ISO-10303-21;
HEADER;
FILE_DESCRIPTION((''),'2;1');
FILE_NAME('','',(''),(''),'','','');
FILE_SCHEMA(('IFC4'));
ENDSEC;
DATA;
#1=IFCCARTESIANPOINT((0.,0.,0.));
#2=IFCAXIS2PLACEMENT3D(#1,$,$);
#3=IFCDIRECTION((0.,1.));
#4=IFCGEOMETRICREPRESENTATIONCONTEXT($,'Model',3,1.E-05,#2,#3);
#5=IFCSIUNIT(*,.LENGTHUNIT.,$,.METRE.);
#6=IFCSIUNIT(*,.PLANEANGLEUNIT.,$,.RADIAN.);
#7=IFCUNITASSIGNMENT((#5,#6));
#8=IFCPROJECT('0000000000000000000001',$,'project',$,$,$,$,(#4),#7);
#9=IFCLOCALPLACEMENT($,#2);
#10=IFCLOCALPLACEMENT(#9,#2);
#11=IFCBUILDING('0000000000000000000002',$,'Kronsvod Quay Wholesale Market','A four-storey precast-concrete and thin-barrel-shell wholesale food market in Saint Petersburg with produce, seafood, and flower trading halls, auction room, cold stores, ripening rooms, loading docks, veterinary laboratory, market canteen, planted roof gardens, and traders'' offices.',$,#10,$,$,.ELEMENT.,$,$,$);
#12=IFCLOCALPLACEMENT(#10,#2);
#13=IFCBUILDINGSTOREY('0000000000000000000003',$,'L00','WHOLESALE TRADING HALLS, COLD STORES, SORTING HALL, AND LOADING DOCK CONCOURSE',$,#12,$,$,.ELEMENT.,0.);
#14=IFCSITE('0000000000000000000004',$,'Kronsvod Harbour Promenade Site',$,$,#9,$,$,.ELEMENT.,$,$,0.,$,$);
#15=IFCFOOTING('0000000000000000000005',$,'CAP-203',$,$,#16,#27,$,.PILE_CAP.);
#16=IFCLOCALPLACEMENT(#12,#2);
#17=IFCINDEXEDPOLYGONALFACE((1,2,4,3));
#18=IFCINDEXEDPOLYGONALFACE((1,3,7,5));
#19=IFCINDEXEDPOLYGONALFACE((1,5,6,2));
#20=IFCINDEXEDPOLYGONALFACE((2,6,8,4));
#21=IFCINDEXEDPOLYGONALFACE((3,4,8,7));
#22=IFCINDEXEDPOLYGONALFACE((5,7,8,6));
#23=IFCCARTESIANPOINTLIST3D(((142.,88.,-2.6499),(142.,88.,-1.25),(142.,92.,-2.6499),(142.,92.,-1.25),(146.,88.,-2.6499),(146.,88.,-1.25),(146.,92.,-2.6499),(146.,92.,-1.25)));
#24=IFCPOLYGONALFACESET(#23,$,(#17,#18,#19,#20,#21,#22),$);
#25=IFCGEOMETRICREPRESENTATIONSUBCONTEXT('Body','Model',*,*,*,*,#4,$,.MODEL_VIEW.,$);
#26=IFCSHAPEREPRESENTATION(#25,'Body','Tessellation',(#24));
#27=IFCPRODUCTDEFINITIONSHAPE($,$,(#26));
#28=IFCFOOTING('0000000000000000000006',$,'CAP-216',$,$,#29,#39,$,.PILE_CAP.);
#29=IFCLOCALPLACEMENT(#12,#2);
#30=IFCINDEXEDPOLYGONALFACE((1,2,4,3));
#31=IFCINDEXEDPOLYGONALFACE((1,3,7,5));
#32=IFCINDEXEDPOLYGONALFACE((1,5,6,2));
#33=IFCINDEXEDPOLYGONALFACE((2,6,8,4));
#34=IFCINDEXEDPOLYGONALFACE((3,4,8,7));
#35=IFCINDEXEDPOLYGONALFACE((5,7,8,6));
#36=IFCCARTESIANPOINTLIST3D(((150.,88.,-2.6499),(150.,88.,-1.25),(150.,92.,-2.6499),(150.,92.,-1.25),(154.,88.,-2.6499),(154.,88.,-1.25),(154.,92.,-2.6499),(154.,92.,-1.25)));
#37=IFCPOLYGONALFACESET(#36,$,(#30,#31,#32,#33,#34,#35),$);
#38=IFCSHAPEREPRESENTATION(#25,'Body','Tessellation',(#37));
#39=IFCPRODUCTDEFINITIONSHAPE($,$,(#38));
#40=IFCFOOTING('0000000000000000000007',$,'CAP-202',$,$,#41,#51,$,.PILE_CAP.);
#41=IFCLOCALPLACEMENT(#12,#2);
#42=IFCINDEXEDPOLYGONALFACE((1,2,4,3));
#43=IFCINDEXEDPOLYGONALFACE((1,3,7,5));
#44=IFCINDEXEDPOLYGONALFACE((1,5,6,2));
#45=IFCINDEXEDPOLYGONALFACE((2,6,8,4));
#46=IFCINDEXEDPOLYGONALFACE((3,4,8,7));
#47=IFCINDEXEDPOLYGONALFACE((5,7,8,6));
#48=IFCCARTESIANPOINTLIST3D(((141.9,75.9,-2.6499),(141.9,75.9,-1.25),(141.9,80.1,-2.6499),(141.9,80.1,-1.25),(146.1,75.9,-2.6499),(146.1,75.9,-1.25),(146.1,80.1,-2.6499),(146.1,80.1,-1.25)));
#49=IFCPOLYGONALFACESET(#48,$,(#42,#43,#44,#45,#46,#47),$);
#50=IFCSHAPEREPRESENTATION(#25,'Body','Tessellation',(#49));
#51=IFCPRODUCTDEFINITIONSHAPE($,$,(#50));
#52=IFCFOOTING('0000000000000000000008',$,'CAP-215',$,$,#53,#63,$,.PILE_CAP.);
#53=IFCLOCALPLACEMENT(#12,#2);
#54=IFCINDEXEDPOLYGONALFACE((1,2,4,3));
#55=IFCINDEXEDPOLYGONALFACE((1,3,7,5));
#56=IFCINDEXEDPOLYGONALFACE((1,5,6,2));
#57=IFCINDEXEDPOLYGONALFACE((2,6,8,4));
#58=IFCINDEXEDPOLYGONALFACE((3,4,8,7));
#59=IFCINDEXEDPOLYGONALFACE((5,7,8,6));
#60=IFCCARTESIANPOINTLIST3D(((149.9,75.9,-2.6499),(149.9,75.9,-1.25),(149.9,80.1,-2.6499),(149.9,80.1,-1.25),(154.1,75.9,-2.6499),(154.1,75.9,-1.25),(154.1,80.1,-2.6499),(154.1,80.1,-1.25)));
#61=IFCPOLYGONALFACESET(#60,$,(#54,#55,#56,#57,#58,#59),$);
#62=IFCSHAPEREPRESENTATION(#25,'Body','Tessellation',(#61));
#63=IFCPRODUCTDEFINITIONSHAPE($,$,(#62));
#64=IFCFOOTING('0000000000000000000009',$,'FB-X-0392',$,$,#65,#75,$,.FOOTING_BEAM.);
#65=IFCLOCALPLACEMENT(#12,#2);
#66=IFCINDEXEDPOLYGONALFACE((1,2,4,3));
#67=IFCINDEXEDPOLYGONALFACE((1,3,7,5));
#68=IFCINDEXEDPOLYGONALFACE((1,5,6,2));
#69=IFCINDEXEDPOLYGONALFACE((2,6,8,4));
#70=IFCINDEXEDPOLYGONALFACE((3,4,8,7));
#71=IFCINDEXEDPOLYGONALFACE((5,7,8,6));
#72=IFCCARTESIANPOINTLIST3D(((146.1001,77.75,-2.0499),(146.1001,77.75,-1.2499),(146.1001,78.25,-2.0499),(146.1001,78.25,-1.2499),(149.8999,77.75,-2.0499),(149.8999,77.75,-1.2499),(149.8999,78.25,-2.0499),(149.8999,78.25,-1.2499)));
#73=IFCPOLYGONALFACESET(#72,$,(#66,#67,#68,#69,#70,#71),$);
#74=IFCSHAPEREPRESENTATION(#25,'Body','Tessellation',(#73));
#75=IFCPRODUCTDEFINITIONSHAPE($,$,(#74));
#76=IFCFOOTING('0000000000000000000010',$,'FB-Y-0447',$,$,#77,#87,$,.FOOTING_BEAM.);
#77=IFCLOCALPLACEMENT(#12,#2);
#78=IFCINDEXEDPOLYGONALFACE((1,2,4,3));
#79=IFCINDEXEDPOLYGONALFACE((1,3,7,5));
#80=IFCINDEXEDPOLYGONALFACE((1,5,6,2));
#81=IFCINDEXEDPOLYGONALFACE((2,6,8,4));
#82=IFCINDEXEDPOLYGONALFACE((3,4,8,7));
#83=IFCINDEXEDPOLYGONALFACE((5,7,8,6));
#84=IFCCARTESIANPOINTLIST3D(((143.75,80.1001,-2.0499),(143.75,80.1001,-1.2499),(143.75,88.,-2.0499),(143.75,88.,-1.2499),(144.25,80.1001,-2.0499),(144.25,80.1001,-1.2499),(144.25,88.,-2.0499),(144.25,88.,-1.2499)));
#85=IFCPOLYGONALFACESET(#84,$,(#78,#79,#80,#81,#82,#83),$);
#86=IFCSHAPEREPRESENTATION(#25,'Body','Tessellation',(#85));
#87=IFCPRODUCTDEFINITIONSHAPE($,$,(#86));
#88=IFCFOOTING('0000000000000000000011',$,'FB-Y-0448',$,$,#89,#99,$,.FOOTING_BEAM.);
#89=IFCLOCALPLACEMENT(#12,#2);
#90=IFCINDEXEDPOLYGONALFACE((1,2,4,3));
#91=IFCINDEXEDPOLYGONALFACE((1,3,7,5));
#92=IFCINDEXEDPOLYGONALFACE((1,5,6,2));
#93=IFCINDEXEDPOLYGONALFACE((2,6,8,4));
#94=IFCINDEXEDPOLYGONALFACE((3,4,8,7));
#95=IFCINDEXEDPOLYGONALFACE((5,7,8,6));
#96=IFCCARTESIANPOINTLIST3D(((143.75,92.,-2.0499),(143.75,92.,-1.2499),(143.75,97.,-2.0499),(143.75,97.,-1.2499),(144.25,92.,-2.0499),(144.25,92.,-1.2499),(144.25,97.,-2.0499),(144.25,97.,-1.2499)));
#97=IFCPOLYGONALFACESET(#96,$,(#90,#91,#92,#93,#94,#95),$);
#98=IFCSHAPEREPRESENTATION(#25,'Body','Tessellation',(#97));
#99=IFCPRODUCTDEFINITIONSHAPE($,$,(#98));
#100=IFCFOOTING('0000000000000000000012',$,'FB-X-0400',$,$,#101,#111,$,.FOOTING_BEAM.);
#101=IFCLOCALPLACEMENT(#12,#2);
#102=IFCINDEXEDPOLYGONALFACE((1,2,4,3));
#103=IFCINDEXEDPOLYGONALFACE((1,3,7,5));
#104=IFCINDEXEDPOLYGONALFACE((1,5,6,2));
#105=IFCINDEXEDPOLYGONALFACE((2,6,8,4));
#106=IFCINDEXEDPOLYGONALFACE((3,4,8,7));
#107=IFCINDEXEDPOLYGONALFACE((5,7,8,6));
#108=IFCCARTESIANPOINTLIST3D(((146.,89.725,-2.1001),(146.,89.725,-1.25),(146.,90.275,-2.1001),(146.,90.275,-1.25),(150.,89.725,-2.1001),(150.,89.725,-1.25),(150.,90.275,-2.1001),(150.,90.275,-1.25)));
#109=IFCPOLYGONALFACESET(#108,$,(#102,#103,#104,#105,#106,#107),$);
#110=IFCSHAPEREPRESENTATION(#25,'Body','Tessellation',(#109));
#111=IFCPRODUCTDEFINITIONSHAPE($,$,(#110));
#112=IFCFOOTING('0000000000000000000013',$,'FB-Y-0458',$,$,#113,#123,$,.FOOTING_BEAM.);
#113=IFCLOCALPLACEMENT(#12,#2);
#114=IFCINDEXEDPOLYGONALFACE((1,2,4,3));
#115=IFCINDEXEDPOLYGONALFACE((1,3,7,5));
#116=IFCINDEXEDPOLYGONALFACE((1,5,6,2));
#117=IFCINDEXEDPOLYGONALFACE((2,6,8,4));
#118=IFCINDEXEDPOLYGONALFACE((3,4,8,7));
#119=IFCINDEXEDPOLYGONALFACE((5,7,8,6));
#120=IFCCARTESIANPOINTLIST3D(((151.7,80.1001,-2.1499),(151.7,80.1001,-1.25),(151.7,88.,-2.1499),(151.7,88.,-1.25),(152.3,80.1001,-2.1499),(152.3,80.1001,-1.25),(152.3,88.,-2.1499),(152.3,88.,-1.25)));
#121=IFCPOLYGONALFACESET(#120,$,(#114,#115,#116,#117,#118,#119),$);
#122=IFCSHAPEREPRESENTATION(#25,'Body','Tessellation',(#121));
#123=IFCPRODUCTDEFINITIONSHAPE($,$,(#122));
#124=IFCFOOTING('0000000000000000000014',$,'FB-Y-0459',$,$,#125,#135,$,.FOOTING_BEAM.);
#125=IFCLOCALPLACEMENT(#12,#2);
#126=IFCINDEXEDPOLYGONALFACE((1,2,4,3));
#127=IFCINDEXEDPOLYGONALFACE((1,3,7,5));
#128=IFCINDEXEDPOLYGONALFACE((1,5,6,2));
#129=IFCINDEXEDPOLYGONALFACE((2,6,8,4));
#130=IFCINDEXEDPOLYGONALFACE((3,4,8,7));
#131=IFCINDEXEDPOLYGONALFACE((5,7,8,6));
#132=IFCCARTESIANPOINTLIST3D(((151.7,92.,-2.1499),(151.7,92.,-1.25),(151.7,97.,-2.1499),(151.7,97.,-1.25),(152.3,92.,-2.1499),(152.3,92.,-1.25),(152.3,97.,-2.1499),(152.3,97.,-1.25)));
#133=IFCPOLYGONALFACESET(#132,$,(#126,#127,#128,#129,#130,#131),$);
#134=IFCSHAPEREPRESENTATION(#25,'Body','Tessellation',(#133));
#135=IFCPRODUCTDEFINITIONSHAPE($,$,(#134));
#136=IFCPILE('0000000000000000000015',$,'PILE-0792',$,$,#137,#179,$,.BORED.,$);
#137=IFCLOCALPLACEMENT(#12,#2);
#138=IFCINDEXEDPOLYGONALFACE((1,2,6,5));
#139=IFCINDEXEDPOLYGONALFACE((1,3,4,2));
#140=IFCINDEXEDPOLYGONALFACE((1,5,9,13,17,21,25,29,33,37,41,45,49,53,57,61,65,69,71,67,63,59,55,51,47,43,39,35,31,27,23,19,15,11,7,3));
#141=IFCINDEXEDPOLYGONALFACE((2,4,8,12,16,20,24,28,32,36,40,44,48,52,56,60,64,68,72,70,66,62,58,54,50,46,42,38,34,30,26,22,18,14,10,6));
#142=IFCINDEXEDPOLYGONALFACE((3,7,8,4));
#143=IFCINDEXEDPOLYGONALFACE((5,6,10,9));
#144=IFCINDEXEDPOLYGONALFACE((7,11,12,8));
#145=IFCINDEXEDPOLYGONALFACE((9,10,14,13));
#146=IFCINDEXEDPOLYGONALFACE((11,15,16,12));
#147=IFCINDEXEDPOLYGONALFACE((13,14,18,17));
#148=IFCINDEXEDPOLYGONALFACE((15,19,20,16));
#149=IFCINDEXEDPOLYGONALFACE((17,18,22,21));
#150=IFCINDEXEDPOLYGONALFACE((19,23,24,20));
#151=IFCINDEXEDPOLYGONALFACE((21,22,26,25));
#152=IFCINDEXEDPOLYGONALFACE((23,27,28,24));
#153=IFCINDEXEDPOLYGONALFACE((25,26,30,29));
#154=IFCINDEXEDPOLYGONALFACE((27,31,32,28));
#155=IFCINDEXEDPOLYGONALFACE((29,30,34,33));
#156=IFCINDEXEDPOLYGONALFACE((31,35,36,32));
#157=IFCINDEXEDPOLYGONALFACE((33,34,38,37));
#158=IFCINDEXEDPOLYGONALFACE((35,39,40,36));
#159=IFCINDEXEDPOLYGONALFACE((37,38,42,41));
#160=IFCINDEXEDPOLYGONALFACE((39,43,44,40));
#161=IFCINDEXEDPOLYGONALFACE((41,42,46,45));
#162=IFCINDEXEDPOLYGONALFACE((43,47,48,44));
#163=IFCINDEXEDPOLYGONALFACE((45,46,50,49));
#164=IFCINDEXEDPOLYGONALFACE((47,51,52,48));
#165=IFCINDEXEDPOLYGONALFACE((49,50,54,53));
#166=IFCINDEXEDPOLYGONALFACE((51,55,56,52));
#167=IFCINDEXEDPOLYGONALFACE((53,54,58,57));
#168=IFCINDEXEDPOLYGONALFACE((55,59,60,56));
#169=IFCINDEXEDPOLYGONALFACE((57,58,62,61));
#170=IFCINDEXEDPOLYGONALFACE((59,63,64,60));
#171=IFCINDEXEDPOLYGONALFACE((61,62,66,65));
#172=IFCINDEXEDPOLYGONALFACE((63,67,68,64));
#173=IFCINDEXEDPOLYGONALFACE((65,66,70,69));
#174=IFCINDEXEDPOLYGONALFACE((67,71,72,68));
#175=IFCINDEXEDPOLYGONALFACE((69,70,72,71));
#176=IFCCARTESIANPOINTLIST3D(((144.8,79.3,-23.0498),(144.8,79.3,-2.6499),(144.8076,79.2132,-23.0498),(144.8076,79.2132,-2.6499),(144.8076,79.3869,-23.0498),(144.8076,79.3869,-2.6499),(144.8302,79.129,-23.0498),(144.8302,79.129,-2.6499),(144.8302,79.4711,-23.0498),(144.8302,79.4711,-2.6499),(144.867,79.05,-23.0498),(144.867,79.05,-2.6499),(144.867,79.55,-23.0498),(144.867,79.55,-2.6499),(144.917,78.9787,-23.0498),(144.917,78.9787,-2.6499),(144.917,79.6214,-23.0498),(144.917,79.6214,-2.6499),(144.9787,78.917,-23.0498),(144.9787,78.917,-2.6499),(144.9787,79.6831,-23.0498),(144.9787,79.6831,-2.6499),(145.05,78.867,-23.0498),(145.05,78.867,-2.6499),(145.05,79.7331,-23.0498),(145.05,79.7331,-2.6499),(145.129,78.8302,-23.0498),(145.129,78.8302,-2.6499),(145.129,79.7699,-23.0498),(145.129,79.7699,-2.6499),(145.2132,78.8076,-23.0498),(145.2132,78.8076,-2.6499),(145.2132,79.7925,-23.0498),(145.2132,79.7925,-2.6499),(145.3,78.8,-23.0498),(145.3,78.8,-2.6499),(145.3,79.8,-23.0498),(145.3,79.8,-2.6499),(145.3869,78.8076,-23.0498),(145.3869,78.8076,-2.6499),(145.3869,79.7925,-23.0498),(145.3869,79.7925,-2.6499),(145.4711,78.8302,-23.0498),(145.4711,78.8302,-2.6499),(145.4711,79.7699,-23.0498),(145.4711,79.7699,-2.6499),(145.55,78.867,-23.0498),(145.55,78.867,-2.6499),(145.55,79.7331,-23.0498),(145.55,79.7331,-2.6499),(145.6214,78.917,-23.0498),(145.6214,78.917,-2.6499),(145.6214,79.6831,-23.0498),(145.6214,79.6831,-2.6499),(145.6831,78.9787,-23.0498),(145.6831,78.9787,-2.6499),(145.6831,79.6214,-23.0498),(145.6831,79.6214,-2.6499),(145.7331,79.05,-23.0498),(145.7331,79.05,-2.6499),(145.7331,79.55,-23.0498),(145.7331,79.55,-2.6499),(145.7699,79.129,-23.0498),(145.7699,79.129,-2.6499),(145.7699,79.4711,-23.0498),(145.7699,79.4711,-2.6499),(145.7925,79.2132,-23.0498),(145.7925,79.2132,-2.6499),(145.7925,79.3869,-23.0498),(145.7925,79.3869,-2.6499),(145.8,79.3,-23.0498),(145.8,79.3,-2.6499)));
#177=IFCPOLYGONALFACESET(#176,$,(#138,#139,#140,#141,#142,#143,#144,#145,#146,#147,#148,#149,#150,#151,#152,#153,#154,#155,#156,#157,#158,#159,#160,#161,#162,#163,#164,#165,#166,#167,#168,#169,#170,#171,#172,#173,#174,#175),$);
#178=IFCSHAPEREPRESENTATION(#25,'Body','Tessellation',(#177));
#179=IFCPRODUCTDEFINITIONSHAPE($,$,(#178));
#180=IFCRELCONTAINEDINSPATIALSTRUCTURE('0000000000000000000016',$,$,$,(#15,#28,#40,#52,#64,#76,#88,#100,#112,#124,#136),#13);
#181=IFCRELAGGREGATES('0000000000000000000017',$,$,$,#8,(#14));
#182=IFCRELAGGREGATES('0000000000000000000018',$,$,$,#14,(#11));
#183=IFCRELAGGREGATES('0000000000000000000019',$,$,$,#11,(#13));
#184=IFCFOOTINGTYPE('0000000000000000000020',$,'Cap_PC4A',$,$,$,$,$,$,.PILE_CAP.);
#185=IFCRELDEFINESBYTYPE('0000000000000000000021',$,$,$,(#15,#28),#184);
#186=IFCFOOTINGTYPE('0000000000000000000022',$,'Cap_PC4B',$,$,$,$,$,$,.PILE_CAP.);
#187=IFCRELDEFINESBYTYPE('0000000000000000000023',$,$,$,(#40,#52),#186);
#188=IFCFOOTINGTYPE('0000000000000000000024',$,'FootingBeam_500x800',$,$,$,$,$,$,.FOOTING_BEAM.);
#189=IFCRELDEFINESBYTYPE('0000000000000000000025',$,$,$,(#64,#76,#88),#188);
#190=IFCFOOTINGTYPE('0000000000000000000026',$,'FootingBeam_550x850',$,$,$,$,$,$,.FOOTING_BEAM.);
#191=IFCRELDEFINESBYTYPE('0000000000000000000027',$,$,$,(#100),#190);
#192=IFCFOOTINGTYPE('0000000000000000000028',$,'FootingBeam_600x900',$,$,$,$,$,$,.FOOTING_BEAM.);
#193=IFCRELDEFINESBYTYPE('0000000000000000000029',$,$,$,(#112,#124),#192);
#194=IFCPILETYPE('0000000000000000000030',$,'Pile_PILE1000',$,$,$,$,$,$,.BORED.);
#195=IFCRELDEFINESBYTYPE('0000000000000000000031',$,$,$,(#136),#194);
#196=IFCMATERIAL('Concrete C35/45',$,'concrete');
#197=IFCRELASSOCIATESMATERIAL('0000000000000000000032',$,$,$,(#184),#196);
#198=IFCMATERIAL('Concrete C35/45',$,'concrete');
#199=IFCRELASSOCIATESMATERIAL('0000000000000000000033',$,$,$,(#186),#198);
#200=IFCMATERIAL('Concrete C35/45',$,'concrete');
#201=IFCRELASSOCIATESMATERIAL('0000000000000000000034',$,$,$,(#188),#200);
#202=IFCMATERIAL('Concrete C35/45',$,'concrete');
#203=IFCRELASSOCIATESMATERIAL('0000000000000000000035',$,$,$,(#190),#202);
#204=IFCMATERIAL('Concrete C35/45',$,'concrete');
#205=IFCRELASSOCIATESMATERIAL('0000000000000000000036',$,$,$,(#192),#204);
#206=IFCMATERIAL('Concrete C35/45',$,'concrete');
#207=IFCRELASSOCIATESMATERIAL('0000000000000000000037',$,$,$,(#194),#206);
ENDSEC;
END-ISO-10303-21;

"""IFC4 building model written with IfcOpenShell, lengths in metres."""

from ifc_helpers import new_model, si_unit, direction, frame, origin, origin_2d, place, context, subcontext, project, spatial, rectangle, circle, extrude, material, material_profile, profile_set, type_object, element, save


model = new_model("IFC4")

# Units and contexts
model_context = context("Model", 3, precision=1e-05, world=origin(), true_north=direction((0.0, 1.0)))
body_context = subcontext(model_context, "Body", "Model", "MODEL_VIEW")
ifc_project = project(units=[si_unit("LENGTHUNIT", "METRE"), si_unit("PLANEANGLEUNIT", "RADIAN")], contexts=[model_context])

# Site, building, storey
site_placement = place(None, origin())
site = spatial("IfcSite", under=ifc_project, at=site_placement, Name="Kronsvod Harbour Promenade Site", CompositionType="ELEMENT", RefElevation=0.0)
building_placement = place(site_placement, origin())
building = spatial("IfcBuilding", under=site, at=building_placement, Name="Kronsvod Quay Wholesale Market", Description="A four-storey precast-concrete and thin-barrel-shell wholesale food market in Saint Petersburg with produce, seafood, and flower trading halls, auction room, cold stores, ripening rooms, loading docks, veterinary laboratory, market canteen, planted roof gardens, and traders' offices.", CompositionType="ELEMENT")
storey_placement = place(building_placement, origin())
storey = spatial("IfcBuildingStorey", under=building, at=storey_placement, Name="L00", Description="WHOLESALE TRADING HALLS, COLD STORES, SORTING HALL, AND LOADING DOCK CONCOURSE", CompositionType="ELEMENT", Elevation=0.0)

# Footings
ifc_material_1 = material(Name="Concrete C35/45", Category="concrete")
footing_type_1 = type_object("IfcFootingType", Name="Cap_PC4A", PredefinedType="PILE_CAP", material=ifc_material_1)
for number, where, z_axis, x_axis, name in (
    (1, (144.0, 90.0, -2.6499), (0.0, 0.0, 1.0), (1.0, 0.0, 0.0), "CAP-203"),
    (2, (152.0, 90.0, -2.6499), (0.0, 0.0, 1.0), (1.0, 0.0, 0.0), "CAP-216"),
):
    element("IfcFooting", number, at=place(storey_placement, frame(where, z_axis=z_axis, x_axis=x_axis)), inside=storey, type_object=footing_type_1, Name=name, PredefinedType="PILE_CAP", context=body_context, shape_type="SweptSolid", body=[
        extrude(rectangle(XDim=4.0, YDim=4.0, at=origin_2d()), origin(), (0.0, 0.0, 1.0), 1.3999),
    ])
ifc_material_2 = material(Name="Concrete C35/45", Category="concrete")
footing_type_2 = type_object("IfcFootingType", Name="Cap_PC4B", PredefinedType="PILE_CAP", material=ifc_material_2)
for number, where, z_axis, x_axis, name in (
    (3, (144.0, 78.0, -2.6499), (0.0, 0.0, 1.0), (1.0, 0.0, 0.0), "CAP-202"),
    (4, (152.0, 78.0, -2.6499), (0.0, 0.0, 1.0), (1.0, 0.0, 0.0), "CAP-215"),
):
    element("IfcFooting", number, at=place(storey_placement, frame(where, z_axis=z_axis, x_axis=x_axis)), inside=storey, type_object=footing_type_2, Name=name, PredefinedType="PILE_CAP", context=body_context, shape_type="SweptSolid", body=[
        extrude(rectangle(XDim=4.2, YDim=4.2, at=origin_2d()), origin(), (0.0, 0.0, 1.0), 1.3999),
    ])
ifc_material_3 = material(Name="Concrete C35/45", Category="concrete")
ifc_material_profile_1 = material_profile(ifc_material_3, rectangle(XDim=0.5, YDim=0.8, at=origin_2d()), Name="FB-01")
ifc_profile_set_1 = profile_set([ifc_material_profile_1], Name="Concrete C35/45")
footing_type_3 = type_object("IfcFootingType", Name="FootingBeam_500x800", PredefinedType="FOOTING_BEAM", material=ifc_profile_set_1)
footing_1_placement = place(storey_placement, frame((146.1001, 78.0, -1.6499), z_axis=(1.0, 0.0, 0.0), x_axis=(0.0, 1.0, 0.0)))
element("IfcFooting", 5, at=footing_1_placement, inside=storey, type_object=footing_type_3, Name="FB-X-0392", PredefinedType="FOOTING_BEAM", context=body_context, shape_type="SweptSolid", body=[
    extrude(rectangle(XDim=0.5, YDim=0.8, at=origin_2d()), origin(), (0.0, 0.0, 1.0), 3.7998),
])
footing_2_placement = place(storey_placement, frame((144.0, 80.1001, -1.6499), z_axis=(0.0, 1.0, 0.0), x_axis=(-1.0, 0.0, 0.0)))
element("IfcFooting", 6, at=footing_2_placement, inside=storey, type_object=footing_type_3, Name="FB-Y-0447", PredefinedType="FOOTING_BEAM", context=body_context, shape_type="SweptSolid", body=[
    extrude(rectangle(XDim=0.5, YDim=0.8, at=origin_2d()), origin(), (0.0, 0.0, 1.0), 7.8999),
])
footing_3_placement = place(storey_placement, frame((144.0, 92.0, -1.6499), z_axis=(0.0, 1.0, 0.0), x_axis=(-1.0, 0.0, 0.0)))
element("IfcFooting", 7, at=footing_3_placement, inside=storey, type_object=footing_type_3, Name="FB-Y-0448", PredefinedType="FOOTING_BEAM", context=body_context, shape_type="SweptSolid", body=[
    extrude(rectangle(XDim=0.5, YDim=0.8, at=origin_2d()), origin(), (0.0, 0.0, 1.0), 5.0),
])
ifc_material_4 = material(Name="Concrete C35/45", Category="concrete")
ifc_material_profile_2 = material_profile(ifc_material_4, rectangle(XDim=0.55, YDim=0.8501, at=origin_2d()), Name="FB-03")
ifc_profile_set_2 = profile_set([ifc_material_profile_2], Name="Concrete C35/45")
footing_type_4 = type_object("IfcFootingType", Name="FootingBeam_550x850", PredefinedType="FOOTING_BEAM", material=ifc_profile_set_2)
footing_4_placement = place(storey_placement, frame((146.0, 90.0, -1.675), z_axis=(1.0, 0.0, 0.0), x_axis=(0.0, 1.0, 0.0)))
element("IfcFooting", 8, at=footing_4_placement, inside=storey, type_object=footing_type_4, Name="FB-X-0400", PredefinedType="FOOTING_BEAM", context=body_context, shape_type="SweptSolid", body=[
    extrude(rectangle(XDim=0.55, YDim=0.8501, at=origin_2d()), origin(), (0.0, 0.0, 1.0), 4.0),
])
ifc_material_5 = material(Name="Concrete C35/45", Category="concrete")
ifc_material_profile_3 = material_profile(ifc_material_5, rectangle(XDim=0.6001, YDim=0.8999, at=origin_2d()), Name="FB-02")
ifc_profile_set_3 = profile_set([ifc_material_profile_3], Name="Concrete C35/45")
footing_type_5 = type_object("IfcFootingType", Name="FootingBeam_600x900", PredefinedType="FOOTING_BEAM", material=ifc_profile_set_3)
footing_5_placement = place(storey_placement, frame((152.0, 80.1001, -1.7), z_axis=(0.0, 1.0, 0.0), x_axis=(-1.0, 0.0, 0.0)))
element("IfcFooting", 9, at=footing_5_placement, inside=storey, type_object=footing_type_5, Name="FB-Y-0458", PredefinedType="FOOTING_BEAM", context=body_context, shape_type="SweptSolid", body=[
    extrude(rectangle(XDim=0.6001, YDim=0.8999, at=origin_2d()), origin(), (0.0, 0.0, 1.0), 7.8999),
])
footing_6_placement = place(storey_placement, frame((152.0, 92.0, -1.7), z_axis=(0.0, 1.0, 0.0), x_axis=(-1.0, 0.0, 0.0)))
element("IfcFooting", 10, at=footing_6_placement, inside=storey, type_object=footing_type_5, Name="FB-Y-0459", PredefinedType="FOOTING_BEAM", context=body_context, shape_type="SweptSolid", body=[
    extrude(rectangle(XDim=0.6001, YDim=0.8999, at=origin_2d()), origin(), (0.0, 0.0, 1.0), 5.0),
])

# Pile
ifc_material_6 = material(Name="Concrete C35/45", Category="concrete")
ifc_material_profile_4 = material_profile(ifc_material_6, circle(Radius=0.5, at=origin_2d()), Name="PILE1000")
ifc_profile_set_4 = profile_set([ifc_material_profile_4], Name="Concrete C35/45")
pile_type_1 = type_object("IfcPileType", Name="Pile_PILE1000", PredefinedType="BORED", material=ifc_profile_set_4)
for number, where, z_axis, x_axis, name in (
    (11, (145.3, 79.3, -2.6499), (0.0, 0.0, -1.0), (1.0, 0.0, 0.0), "PILE-0792"),
):
    element("IfcPile", number, at=place(storey_placement, frame(where, z_axis=z_axis, x_axis=x_axis)), inside=storey, type_object=pile_type_1, Name=name, PredefinedType="BORED", context=body_context, shape_type="SweptSolid", body=[
        extrude(circle(Radius=0.5, at=origin_2d()), origin(), (0.0, 0.0, 1.0), 20.3999),
    ])

save(model, "model.ifc")
